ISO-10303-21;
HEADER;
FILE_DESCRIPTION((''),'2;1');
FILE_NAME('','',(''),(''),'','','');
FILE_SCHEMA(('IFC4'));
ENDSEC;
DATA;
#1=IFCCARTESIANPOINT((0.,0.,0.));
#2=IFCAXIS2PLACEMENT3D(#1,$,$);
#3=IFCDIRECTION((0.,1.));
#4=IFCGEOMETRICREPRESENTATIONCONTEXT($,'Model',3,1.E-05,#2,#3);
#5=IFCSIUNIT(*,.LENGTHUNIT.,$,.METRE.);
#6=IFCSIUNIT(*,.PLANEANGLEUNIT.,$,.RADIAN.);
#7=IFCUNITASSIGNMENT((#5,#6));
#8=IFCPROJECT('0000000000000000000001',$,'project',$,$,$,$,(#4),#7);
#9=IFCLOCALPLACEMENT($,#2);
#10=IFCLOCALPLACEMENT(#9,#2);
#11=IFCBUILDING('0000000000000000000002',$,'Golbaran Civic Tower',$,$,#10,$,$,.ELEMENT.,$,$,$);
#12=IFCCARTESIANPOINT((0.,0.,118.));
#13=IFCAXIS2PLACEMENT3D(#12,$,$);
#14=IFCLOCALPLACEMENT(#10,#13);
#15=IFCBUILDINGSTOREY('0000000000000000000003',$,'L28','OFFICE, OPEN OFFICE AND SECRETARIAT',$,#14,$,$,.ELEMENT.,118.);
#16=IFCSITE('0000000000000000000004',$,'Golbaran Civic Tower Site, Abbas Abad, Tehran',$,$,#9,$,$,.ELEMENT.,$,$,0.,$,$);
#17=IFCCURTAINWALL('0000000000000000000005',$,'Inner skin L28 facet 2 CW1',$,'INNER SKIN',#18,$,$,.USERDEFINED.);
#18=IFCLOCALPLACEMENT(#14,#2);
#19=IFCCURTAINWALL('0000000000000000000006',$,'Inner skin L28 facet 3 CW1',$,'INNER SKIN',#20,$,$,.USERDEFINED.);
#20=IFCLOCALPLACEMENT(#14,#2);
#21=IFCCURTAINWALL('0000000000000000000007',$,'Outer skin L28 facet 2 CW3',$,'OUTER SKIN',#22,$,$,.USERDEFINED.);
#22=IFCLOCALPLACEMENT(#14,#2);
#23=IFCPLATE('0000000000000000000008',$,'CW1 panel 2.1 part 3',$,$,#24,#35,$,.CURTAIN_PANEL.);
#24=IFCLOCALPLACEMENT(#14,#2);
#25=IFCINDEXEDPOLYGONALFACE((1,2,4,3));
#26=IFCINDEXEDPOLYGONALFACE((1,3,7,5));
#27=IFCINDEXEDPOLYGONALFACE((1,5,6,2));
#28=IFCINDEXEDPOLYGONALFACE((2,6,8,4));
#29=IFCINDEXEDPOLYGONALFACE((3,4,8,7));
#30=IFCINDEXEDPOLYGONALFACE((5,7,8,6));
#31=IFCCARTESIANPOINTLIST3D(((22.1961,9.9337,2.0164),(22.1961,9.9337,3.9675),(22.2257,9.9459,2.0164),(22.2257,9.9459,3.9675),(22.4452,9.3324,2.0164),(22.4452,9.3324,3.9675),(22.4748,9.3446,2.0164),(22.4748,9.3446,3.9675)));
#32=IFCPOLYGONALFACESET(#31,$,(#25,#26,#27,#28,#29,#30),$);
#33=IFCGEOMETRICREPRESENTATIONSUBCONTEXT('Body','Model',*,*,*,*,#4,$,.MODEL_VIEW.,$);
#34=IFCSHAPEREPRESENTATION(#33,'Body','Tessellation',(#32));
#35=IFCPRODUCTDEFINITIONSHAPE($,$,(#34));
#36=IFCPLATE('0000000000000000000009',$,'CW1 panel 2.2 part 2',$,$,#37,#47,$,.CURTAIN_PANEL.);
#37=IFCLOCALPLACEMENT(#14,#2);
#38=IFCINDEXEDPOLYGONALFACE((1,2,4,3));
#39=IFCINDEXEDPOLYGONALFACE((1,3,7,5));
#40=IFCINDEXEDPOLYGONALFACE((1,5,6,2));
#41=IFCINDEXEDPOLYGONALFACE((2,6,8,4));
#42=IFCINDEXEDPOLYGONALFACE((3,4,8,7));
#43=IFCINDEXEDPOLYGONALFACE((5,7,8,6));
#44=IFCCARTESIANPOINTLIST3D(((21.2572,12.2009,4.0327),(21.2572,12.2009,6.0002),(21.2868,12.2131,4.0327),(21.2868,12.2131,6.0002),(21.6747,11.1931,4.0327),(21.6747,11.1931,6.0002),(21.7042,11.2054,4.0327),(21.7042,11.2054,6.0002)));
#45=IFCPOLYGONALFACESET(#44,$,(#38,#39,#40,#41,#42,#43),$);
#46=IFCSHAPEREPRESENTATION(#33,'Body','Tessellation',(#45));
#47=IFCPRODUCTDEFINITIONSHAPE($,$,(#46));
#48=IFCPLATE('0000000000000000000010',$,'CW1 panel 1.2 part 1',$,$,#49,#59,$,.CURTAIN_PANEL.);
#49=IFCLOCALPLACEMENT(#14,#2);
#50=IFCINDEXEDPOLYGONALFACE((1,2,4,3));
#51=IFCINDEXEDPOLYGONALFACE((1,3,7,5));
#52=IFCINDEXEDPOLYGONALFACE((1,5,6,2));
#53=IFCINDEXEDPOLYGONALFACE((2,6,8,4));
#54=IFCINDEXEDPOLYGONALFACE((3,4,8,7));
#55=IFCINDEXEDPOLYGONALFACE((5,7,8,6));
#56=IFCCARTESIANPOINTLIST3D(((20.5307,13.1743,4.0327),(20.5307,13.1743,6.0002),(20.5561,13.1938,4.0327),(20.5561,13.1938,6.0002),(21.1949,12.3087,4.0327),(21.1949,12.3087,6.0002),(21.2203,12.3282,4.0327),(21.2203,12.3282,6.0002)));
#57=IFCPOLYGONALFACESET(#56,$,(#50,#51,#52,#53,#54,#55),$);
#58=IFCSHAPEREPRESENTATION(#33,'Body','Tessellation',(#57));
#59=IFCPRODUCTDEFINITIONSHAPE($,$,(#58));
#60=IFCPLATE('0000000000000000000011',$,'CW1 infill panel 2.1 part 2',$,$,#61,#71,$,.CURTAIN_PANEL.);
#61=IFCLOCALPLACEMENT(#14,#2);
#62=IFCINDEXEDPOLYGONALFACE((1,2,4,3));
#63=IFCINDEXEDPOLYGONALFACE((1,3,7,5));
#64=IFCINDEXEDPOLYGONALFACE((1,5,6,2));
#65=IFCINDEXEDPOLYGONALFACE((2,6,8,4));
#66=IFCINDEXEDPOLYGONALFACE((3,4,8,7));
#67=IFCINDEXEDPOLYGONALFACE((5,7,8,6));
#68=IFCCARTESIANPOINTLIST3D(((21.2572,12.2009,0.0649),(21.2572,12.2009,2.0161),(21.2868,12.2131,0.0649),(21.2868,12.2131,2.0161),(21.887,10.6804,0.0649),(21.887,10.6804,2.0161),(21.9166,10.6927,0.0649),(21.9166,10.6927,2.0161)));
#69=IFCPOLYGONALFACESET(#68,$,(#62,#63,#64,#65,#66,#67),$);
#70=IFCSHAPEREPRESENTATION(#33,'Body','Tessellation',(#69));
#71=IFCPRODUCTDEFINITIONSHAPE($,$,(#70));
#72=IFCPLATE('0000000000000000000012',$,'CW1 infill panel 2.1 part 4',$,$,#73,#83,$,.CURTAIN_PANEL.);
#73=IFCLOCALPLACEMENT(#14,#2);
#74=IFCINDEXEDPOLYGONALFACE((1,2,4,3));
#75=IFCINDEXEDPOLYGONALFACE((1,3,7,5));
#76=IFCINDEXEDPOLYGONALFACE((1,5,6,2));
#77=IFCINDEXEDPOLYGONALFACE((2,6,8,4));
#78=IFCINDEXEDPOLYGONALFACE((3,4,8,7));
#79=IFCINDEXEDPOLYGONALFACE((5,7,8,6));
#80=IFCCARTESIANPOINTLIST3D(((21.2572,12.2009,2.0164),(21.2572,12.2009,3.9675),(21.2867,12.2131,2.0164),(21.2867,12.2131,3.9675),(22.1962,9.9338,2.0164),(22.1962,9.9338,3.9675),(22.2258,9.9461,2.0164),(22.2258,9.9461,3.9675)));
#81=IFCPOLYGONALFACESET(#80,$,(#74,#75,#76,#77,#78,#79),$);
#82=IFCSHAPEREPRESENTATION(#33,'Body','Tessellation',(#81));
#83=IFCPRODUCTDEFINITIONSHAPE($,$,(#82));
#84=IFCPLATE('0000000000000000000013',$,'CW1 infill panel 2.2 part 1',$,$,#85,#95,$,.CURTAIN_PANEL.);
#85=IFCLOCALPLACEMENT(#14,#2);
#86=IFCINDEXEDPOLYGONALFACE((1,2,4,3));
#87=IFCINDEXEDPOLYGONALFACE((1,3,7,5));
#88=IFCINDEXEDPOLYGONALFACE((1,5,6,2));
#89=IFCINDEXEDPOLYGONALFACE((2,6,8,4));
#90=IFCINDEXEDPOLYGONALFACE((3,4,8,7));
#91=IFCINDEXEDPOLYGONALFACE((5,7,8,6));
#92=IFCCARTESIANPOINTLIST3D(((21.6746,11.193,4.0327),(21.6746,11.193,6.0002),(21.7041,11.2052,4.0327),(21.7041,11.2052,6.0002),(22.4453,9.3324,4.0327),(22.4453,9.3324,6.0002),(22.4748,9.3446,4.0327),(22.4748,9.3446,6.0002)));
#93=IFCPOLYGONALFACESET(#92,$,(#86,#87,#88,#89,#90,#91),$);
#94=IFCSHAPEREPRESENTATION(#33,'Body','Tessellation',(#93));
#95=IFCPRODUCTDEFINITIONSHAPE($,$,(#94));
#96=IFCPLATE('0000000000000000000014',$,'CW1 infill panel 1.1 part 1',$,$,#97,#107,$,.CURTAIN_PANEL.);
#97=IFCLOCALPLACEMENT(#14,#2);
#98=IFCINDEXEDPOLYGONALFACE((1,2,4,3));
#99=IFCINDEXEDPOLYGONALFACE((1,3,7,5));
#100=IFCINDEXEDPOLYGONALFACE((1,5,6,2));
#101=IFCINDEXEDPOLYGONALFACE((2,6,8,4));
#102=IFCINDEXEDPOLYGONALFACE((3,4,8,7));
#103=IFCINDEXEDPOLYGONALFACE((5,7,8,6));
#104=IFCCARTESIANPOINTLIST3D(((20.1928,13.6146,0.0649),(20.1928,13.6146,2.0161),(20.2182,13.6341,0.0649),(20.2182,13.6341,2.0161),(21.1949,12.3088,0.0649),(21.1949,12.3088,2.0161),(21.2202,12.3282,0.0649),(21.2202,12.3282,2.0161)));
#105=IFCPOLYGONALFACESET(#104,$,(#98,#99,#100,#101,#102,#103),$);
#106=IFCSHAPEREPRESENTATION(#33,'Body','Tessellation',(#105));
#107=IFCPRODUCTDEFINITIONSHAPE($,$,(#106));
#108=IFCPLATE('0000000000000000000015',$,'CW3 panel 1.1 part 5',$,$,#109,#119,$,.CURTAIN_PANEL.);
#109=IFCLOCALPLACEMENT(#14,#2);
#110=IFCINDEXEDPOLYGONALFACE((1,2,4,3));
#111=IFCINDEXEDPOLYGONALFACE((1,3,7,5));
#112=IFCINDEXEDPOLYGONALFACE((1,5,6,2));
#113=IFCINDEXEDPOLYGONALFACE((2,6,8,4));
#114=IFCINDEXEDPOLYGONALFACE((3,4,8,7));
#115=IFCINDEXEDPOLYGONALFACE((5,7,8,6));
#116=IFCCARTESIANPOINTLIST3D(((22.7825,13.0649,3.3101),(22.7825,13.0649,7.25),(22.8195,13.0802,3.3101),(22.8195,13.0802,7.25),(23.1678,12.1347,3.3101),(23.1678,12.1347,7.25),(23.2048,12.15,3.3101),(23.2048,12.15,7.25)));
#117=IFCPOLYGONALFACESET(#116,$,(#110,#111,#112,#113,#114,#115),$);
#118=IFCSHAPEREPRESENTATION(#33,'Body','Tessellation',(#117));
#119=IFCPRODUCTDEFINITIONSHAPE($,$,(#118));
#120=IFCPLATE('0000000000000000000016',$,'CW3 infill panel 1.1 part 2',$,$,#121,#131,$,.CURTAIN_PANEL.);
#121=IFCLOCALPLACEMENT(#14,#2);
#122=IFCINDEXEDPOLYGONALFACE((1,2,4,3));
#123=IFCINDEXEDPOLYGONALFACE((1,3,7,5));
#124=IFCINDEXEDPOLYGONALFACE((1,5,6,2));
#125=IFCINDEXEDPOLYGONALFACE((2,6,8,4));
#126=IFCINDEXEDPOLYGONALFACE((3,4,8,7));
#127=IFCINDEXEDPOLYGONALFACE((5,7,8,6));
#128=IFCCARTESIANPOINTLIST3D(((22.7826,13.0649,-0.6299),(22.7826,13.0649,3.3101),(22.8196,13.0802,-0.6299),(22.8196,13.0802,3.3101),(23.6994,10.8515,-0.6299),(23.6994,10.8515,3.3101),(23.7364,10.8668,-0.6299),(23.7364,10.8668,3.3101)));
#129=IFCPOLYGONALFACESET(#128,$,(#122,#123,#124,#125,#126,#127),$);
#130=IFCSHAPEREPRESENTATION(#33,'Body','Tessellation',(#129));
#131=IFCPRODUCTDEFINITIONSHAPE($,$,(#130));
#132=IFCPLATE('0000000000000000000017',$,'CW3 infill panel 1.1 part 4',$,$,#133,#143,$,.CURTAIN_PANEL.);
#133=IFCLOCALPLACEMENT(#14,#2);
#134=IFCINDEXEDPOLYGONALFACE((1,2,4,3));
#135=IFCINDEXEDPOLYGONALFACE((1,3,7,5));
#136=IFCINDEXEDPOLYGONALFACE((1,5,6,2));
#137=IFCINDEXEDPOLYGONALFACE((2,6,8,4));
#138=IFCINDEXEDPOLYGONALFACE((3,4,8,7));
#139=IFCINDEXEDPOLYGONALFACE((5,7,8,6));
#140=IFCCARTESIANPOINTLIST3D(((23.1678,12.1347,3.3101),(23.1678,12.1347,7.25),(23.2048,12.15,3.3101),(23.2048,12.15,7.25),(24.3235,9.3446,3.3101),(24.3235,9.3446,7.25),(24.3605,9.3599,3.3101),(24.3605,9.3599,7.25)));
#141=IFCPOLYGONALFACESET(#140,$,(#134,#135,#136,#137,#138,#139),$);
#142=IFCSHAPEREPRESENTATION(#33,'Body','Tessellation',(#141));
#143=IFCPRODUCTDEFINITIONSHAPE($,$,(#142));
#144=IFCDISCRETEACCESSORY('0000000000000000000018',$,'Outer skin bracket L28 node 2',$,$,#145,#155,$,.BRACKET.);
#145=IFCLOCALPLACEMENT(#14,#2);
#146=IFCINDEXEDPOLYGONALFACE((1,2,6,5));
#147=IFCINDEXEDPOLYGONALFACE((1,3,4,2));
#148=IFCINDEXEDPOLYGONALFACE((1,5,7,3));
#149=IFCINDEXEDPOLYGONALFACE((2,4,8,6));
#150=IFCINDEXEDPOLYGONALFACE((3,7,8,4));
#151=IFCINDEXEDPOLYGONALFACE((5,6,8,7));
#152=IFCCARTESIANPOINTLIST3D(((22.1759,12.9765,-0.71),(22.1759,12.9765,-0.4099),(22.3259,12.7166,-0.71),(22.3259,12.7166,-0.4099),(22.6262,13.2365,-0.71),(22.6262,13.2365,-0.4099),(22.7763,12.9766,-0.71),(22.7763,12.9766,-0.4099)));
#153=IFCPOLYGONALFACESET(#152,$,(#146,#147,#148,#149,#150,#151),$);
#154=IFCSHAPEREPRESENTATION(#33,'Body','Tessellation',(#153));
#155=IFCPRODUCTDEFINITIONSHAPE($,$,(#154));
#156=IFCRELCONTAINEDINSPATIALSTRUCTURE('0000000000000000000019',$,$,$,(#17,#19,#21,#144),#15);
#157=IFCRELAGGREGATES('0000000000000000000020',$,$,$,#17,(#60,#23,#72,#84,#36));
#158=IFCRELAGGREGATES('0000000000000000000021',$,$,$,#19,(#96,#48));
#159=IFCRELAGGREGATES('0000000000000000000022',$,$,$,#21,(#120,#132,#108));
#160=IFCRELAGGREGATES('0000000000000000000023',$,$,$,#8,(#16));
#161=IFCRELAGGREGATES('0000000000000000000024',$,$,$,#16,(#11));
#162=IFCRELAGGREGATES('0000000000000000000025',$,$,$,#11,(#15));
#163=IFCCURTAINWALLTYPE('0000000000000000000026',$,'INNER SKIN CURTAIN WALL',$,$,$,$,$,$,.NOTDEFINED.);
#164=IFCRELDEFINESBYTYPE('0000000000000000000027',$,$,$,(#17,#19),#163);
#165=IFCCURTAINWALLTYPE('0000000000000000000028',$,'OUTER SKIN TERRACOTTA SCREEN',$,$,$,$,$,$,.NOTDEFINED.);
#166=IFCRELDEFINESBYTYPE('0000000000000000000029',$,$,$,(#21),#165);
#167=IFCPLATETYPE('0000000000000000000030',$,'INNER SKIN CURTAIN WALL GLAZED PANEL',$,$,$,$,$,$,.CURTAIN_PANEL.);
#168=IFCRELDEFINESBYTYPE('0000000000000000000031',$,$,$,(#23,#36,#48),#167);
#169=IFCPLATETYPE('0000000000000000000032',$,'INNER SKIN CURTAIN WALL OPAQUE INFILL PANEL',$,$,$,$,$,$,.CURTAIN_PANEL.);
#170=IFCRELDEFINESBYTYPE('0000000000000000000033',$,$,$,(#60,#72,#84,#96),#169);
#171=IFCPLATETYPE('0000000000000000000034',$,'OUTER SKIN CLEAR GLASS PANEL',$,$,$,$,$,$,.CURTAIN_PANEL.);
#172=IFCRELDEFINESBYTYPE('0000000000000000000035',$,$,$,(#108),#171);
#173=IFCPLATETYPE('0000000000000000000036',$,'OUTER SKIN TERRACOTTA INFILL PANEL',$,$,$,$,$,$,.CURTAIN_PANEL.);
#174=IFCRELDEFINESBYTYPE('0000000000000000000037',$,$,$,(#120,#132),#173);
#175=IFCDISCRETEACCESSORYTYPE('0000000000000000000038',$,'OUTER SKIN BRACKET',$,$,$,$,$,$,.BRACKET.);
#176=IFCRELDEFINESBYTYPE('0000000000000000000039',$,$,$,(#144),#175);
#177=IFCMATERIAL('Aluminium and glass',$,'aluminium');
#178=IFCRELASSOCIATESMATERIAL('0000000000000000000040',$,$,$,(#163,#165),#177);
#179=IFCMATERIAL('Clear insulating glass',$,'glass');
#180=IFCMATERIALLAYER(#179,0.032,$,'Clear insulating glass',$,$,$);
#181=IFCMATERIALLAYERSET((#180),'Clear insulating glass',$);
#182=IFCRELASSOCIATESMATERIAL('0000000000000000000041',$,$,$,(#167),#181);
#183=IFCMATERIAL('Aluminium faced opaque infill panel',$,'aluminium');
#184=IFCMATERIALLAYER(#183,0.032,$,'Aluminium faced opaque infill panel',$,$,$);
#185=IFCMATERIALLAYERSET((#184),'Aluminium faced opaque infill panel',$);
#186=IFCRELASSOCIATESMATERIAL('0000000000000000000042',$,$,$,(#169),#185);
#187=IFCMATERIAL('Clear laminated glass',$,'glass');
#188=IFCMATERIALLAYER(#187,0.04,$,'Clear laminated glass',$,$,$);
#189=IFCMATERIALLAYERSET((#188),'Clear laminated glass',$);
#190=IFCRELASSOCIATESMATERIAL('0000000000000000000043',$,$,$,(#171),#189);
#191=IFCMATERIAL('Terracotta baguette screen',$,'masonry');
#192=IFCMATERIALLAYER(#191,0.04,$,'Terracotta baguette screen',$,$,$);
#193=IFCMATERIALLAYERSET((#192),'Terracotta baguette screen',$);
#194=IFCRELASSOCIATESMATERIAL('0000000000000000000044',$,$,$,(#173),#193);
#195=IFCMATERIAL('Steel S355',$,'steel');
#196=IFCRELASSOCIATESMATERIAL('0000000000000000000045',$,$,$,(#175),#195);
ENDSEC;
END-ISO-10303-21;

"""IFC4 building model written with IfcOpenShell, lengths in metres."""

from ifc_helpers import new_model, si_unit, direction, frame, origin, origin_2d, place, context, subcontext, project, spatial, rectangle, extrude, material, layer, layer_set, type_object, element, aggregate, save


model = new_model("IFC4")

# Units and contexts
model_context = context("Model", 3, precision=1e-05, world=origin(), true_north=direction((0.0, 1.0)))
body_context = subcontext(model_context, "Body", "Model", "MODEL_VIEW")
ifc_project = project(units=[si_unit("LENGTHUNIT", "METRE"), si_unit("PLANEANGLEUNIT", "RADIAN")], contexts=[model_context])

# Site, building, storey
site_placement = place(None, origin())
site = spatial("IfcSite", under=ifc_project, at=site_placement, Name="Golbaran Civic Tower Site, Abbas Abad, Tehran", CompositionType="ELEMENT", RefElevation=0.0)
building_placement = place(site_placement, origin())
building = spatial("IfcBuilding", under=site, at=building_placement, Name="Golbaran Civic Tower", CompositionType="ELEMENT")
storey_placement = place(building_placement, frame((0.0, 0.0, 118.0)))
storey = spatial("IfcBuildingStorey", under=building, at=storey_placement, Name="L28", Description="OFFICE, OPEN OFFICE AND SECRETARIAT", CompositionType="ELEMENT", Elevation=118.0)

# Shared definitions
ifc_material_1 = material(Name="Steel S355", Category="steel")

# Curtain wall
ifc_material_2 = material(Name="Aluminium and glass", Category="aluminium")
curtain_wall_type_1 = type_object("IfcCurtainWallType", Name="INNER SKIN CURTAIN WALL", PredefinedType="NOTDEFINED", material=ifc_material_2)
curtain_wall_1_placement = place(storey_placement, origin())
curtain_wall_1 = element("IfcCurtainWall", 1, at=curtain_wall_1_placement, inside=storey, type_object=curtain_wall_type_1, Name="Inner skin L28 facet 2 CW1", ObjectType="INNER SKIN", PredefinedType="USERDEFINED")

# Curtain wall
curtain_wall_2_placement = place(storey_placement, origin())
curtain_wall_2 = element("IfcCurtainWall", 2, at=curtain_wall_2_placement, inside=storey, type_object=curtain_wall_type_1, Name="Inner skin L28 facet 3 CW1", ObjectType="INNER SKIN", PredefinedType="USERDEFINED")

# Curtain wall
curtain_wall_type_2 = type_object("IfcCurtainWallType", Name="OUTER SKIN TERRACOTTA SCREEN", PredefinedType="NOTDEFINED", material=ifc_material_2)
curtain_wall_3_placement = place(storey_placement, origin())
curtain_wall_3 = element("IfcCurtainWall", 3, at=curtain_wall_3_placement, inside=storey, type_object=curtain_wall_type_2, Name="Outer skin L28 facet 2 CW3", ObjectType="OUTER SKIN", PredefinedType="USERDEFINED")

# Plates
ifc_material_3 = material(Name="Clear insulating glass", Category="glass")
ifc_layer_1 = layer(ifc_material_3, 0.032, Name="Clear insulating glass")
ifc_layer_set_1 = layer_set([ifc_layer_1], Name="Clear insulating glass")
plate_type_1 = type_object("IfcPlateType", Name="INNER SKIN CURTAIN WALL GLAZED PANEL", PredefinedType="CURTAIN_PANEL", material=ifc_layer_set_1)
plate_1_placement = place(storey_placement, frame((22.3354, 9.6392, 2.0164), z_axis=(0.0, 0.0, 1.0), x_axis=(-0.382683, 0.92388, 0.0)))
plate_1 = element("IfcPlate", 4, at=plate_1_placement, type_object=plate_type_1, Name="CW1 panel 2.1 part 3", PredefinedType="CURTAIN_PANEL", context=body_context, shape_type="SweptSolid", body=[
    extrude(rectangle(XDim=0.6509, YDim=0.032, at=origin_2d()), origin(), (0.0, 0.0, 1.0), 1.9512),
])
plate_2_placement = place(storey_placement, frame((21.4807, 11.7031, 4.0327), z_axis=(0.0, 0.0, 1.0), x_axis=(-0.382683, 0.92388, 0.0)))
plate_2 = element("IfcPlate", 5, at=plate_2_placement, type_object=plate_type_1, Name="CW1 panel 2.2 part 2", PredefinedType="CURTAIN_PANEL", context=body_context, shape_type="SweptSolid", body=[
    extrude(rectangle(XDim=1.0908, YDim=0.032, at=origin_2d()), origin(), (0.0, 0.0, 1.0), 1.9675),
])
plate_3_placement = place(storey_placement, frame((20.8755, 12.7512, 4.0327), z_axis=(0.0, 0.0, 1.0), x_axis=(-0.608761, 0.793353, 0.0)))
plate_3 = element("IfcPlate", 6, at=plate_3_placement, type_object=plate_type_1, Name="CW1 panel 1.2 part 1", PredefinedType="CURTAIN_PANEL", context=body_context, shape_type="SweptSolid", body=[
    extrude(rectangle(XDim=1.0911, YDim=0.032, at=origin_2d()), origin(), (0.0, 0.0, 1.0), 1.9675),
])
ifc_material_4 = material(Name="Aluminium faced opaque infill panel", Category="aluminium")
ifc_layer_2 = layer(ifc_material_4, 0.032, Name="Aluminium faced opaque infill panel")
ifc_layer_set_2 = layer_set([ifc_layer_2], Name="Aluminium faced opaque infill panel")
plate_type_2 = type_object("IfcPlateType", Name="INNER SKIN CURTAIN WALL OPAQUE INFILL PANEL", PredefinedType="CURTAIN_PANEL", material=ifc_layer_set_2)
plate_4_placement = place(storey_placement, frame((21.5869, 11.4468, 0.0649), z_axis=(0.0, 0.0, 1.0), x_axis=(-0.382683, 0.92388, 0.0)))
plate_4 = element("IfcPlate", 7, at=plate_4_placement, type_object=plate_type_2, Name="CW1 infill panel 2.1 part 2", PredefinedType="CURTAIN_PANEL", context=body_context, shape_type="SweptSolid", body=[
    extrude(rectangle(XDim=1.6458, YDim=0.032, at=origin_2d()), origin(), (0.0, 0.0, 1.0), 1.9512),
])
plate_5_placement = place(storey_placement, frame((21.7415, 11.0735, 2.0164), z_axis=(0.0, 0.0, 1.0), x_axis=(-0.382683, 0.92388, 0.0)))
plate_5 = element("IfcPlate", 8, at=plate_5_placement, type_object=plate_type_2, Name="CW1 infill panel 2.1 part 4", PredefinedType="CURTAIN_PANEL", context=body_context, shape_type="SweptSolid", body=[
    extrude(rectangle(XDim=2.4539, YDim=0.032, at=origin_2d()), origin(), (0.0, 0.0, 1.0), 1.9512),
])
plate_6_placement = place(storey_placement, frame((22.0747, 10.2688, 4.0327), z_axis=(0.0, 0.0, 1.0), x_axis=(-0.382683, 0.92388, 0.0)))
plate_6 = element("IfcPlate", 9, at=plate_6_placement, type_object=plate_type_2, Name="CW1 infill panel 2.2 part 1", PredefinedType="CURTAIN_PANEL", context=body_context, shape_type="SweptSolid", body=[
    extrude(rectangle(XDim=2.0139, YDim=0.032, at=origin_2d()), origin(), (0.0, 0.0, 1.0), 1.9675),
])
aggregate(curtain_wall_1, [plate_4, plate_1, plate_5, plate_6, plate_2])
plate_7_placement = place(storey_placement, frame((20.7065, 12.9714, 0.0649), z_axis=(0.0, 0.0, 1.0), x_axis=(-0.608761, 0.793353, 0.0)))
plate_7 = element("IfcPlate", 10, at=plate_7_placement, type_object=plate_type_2, Name="CW1 infill panel 1.1 part 1", PredefinedType="CURTAIN_PANEL", context=body_context, shape_type="SweptSolid", body=[
    extrude(rectangle(XDim=1.646, YDim=0.032, at=origin_2d()), origin(), (0.0, 0.0, 1.0), 1.9512),
])
aggregate(curtain_wall_2, [plate_7, plate_3])
ifc_material_5 = material(Name="Clear laminated glass", Category="glass")
ifc_layer_3 = layer(ifc_material_5, 0.04, Name="Clear laminated glass")
ifc_layer_set_3 = layer_set([ifc_layer_3], Name="Clear laminated glass")
plate_type_3 = type_object("IfcPlateType", Name="OUTER SKIN CLEAR GLASS PANEL", PredefinedType="CURTAIN_PANEL", material=ifc_layer_set_3)
plate_8_placement = place(storey_placement, frame((22.9937, 12.6074, 3.3101), z_axis=(0.0, 0.0, 1.0), x_axis=(-0.382683, 0.92388, 0.0)))
plate_8 = element("IfcPlate", 11, at=plate_8_placement, type_object=plate_type_3, Name="CW3 panel 1.1 part 5", PredefinedType="CURTAIN_PANEL", context=body_context, shape_type="SweptSolid", body=[
    extrude(rectangle(XDim=1.0068, YDim=0.04, at=origin_2d()), origin(), (0.0, 0.0, 1.0), 3.9399),
])
ifc_material_6 = material(Name="Terracotta baguette screen", Category="masonry")
ifc_layer_4 = layer(ifc_material_6, 0.04, Name="Terracotta baguette screen")
ifc_layer_set_4 = layer_set([ifc_layer_4], Name="Terracotta baguette screen")
plate_type_4 = type_object("IfcPlateType", Name="OUTER SKIN TERRACOTTA INFILL PANEL", PredefinedType="CURTAIN_PANEL", material=ifc_layer_set_4)
plate_9_placement = place(storey_placement, frame((23.2595, 11.9658, -0.6299), z_axis=(0.0, 0.0, 1.0), x_axis=(-0.382683, 0.92388, 0.0)))
plate_9 = element("IfcPlate", 12, at=plate_9_placement, type_object=plate_type_4, Name="CW3 infill panel 1.1 part 2", PredefinedType="CURTAIN_PANEL", context=body_context, shape_type="SweptSolid", body=[
    extrude(rectangle(XDim=2.3958, YDim=0.04, at=origin_2d()), origin(), (0.0, 0.0, 1.0), 3.9399),
])
plate_10_placement = place(storey_placement, frame((23.7642, 10.7473, 3.3101), z_axis=(0.0, 0.0, 1.0), x_axis=(-0.382683, 0.92388, 0.0)))
plate_10 = element("IfcPlate", 13, at=plate_10_placement, type_object=plate_type_4, Name="CW3 infill panel 1.1 part 4", PredefinedType="CURTAIN_PANEL", context=body_context, shape_type="SweptSolid", body=[
    extrude(rectangle(XDim=3.02, YDim=0.04, at=origin_2d()), origin(), (0.0, 0.0, 1.0), 3.9399),
])
aggregate(curtain_wall_3, [plate_9, plate_10, plate_8])

# Discrete accessory
discrete_accessory_type = type_object("IfcDiscreteAccessoryType", Name="OUTER SKIN BRACKET", PredefinedType="BRACKET", material=ifc_material_1)
discrete_accessory_placement = place(storey_placement, frame((22.4761, 12.9766, -0.71), z_axis=(0.0, 0.0, 1.0), x_axis=(0.866025, 0.5, 0.0)))
element("IfcDiscreteAccessory", 14, at=discrete_accessory_placement, inside=storey, type_object=discrete_accessory_type, Name="Outer skin bracket L28 node 2", PredefinedType="BRACKET", context=body_context, shape_type="SweptSolid", body=[
    extrude(rectangle(XDim=0.52, YDim=0.3, at=origin_2d()), origin(), (0.0, 0.0, 1.0), 0.3),
])

save(model, "model.ifc")
